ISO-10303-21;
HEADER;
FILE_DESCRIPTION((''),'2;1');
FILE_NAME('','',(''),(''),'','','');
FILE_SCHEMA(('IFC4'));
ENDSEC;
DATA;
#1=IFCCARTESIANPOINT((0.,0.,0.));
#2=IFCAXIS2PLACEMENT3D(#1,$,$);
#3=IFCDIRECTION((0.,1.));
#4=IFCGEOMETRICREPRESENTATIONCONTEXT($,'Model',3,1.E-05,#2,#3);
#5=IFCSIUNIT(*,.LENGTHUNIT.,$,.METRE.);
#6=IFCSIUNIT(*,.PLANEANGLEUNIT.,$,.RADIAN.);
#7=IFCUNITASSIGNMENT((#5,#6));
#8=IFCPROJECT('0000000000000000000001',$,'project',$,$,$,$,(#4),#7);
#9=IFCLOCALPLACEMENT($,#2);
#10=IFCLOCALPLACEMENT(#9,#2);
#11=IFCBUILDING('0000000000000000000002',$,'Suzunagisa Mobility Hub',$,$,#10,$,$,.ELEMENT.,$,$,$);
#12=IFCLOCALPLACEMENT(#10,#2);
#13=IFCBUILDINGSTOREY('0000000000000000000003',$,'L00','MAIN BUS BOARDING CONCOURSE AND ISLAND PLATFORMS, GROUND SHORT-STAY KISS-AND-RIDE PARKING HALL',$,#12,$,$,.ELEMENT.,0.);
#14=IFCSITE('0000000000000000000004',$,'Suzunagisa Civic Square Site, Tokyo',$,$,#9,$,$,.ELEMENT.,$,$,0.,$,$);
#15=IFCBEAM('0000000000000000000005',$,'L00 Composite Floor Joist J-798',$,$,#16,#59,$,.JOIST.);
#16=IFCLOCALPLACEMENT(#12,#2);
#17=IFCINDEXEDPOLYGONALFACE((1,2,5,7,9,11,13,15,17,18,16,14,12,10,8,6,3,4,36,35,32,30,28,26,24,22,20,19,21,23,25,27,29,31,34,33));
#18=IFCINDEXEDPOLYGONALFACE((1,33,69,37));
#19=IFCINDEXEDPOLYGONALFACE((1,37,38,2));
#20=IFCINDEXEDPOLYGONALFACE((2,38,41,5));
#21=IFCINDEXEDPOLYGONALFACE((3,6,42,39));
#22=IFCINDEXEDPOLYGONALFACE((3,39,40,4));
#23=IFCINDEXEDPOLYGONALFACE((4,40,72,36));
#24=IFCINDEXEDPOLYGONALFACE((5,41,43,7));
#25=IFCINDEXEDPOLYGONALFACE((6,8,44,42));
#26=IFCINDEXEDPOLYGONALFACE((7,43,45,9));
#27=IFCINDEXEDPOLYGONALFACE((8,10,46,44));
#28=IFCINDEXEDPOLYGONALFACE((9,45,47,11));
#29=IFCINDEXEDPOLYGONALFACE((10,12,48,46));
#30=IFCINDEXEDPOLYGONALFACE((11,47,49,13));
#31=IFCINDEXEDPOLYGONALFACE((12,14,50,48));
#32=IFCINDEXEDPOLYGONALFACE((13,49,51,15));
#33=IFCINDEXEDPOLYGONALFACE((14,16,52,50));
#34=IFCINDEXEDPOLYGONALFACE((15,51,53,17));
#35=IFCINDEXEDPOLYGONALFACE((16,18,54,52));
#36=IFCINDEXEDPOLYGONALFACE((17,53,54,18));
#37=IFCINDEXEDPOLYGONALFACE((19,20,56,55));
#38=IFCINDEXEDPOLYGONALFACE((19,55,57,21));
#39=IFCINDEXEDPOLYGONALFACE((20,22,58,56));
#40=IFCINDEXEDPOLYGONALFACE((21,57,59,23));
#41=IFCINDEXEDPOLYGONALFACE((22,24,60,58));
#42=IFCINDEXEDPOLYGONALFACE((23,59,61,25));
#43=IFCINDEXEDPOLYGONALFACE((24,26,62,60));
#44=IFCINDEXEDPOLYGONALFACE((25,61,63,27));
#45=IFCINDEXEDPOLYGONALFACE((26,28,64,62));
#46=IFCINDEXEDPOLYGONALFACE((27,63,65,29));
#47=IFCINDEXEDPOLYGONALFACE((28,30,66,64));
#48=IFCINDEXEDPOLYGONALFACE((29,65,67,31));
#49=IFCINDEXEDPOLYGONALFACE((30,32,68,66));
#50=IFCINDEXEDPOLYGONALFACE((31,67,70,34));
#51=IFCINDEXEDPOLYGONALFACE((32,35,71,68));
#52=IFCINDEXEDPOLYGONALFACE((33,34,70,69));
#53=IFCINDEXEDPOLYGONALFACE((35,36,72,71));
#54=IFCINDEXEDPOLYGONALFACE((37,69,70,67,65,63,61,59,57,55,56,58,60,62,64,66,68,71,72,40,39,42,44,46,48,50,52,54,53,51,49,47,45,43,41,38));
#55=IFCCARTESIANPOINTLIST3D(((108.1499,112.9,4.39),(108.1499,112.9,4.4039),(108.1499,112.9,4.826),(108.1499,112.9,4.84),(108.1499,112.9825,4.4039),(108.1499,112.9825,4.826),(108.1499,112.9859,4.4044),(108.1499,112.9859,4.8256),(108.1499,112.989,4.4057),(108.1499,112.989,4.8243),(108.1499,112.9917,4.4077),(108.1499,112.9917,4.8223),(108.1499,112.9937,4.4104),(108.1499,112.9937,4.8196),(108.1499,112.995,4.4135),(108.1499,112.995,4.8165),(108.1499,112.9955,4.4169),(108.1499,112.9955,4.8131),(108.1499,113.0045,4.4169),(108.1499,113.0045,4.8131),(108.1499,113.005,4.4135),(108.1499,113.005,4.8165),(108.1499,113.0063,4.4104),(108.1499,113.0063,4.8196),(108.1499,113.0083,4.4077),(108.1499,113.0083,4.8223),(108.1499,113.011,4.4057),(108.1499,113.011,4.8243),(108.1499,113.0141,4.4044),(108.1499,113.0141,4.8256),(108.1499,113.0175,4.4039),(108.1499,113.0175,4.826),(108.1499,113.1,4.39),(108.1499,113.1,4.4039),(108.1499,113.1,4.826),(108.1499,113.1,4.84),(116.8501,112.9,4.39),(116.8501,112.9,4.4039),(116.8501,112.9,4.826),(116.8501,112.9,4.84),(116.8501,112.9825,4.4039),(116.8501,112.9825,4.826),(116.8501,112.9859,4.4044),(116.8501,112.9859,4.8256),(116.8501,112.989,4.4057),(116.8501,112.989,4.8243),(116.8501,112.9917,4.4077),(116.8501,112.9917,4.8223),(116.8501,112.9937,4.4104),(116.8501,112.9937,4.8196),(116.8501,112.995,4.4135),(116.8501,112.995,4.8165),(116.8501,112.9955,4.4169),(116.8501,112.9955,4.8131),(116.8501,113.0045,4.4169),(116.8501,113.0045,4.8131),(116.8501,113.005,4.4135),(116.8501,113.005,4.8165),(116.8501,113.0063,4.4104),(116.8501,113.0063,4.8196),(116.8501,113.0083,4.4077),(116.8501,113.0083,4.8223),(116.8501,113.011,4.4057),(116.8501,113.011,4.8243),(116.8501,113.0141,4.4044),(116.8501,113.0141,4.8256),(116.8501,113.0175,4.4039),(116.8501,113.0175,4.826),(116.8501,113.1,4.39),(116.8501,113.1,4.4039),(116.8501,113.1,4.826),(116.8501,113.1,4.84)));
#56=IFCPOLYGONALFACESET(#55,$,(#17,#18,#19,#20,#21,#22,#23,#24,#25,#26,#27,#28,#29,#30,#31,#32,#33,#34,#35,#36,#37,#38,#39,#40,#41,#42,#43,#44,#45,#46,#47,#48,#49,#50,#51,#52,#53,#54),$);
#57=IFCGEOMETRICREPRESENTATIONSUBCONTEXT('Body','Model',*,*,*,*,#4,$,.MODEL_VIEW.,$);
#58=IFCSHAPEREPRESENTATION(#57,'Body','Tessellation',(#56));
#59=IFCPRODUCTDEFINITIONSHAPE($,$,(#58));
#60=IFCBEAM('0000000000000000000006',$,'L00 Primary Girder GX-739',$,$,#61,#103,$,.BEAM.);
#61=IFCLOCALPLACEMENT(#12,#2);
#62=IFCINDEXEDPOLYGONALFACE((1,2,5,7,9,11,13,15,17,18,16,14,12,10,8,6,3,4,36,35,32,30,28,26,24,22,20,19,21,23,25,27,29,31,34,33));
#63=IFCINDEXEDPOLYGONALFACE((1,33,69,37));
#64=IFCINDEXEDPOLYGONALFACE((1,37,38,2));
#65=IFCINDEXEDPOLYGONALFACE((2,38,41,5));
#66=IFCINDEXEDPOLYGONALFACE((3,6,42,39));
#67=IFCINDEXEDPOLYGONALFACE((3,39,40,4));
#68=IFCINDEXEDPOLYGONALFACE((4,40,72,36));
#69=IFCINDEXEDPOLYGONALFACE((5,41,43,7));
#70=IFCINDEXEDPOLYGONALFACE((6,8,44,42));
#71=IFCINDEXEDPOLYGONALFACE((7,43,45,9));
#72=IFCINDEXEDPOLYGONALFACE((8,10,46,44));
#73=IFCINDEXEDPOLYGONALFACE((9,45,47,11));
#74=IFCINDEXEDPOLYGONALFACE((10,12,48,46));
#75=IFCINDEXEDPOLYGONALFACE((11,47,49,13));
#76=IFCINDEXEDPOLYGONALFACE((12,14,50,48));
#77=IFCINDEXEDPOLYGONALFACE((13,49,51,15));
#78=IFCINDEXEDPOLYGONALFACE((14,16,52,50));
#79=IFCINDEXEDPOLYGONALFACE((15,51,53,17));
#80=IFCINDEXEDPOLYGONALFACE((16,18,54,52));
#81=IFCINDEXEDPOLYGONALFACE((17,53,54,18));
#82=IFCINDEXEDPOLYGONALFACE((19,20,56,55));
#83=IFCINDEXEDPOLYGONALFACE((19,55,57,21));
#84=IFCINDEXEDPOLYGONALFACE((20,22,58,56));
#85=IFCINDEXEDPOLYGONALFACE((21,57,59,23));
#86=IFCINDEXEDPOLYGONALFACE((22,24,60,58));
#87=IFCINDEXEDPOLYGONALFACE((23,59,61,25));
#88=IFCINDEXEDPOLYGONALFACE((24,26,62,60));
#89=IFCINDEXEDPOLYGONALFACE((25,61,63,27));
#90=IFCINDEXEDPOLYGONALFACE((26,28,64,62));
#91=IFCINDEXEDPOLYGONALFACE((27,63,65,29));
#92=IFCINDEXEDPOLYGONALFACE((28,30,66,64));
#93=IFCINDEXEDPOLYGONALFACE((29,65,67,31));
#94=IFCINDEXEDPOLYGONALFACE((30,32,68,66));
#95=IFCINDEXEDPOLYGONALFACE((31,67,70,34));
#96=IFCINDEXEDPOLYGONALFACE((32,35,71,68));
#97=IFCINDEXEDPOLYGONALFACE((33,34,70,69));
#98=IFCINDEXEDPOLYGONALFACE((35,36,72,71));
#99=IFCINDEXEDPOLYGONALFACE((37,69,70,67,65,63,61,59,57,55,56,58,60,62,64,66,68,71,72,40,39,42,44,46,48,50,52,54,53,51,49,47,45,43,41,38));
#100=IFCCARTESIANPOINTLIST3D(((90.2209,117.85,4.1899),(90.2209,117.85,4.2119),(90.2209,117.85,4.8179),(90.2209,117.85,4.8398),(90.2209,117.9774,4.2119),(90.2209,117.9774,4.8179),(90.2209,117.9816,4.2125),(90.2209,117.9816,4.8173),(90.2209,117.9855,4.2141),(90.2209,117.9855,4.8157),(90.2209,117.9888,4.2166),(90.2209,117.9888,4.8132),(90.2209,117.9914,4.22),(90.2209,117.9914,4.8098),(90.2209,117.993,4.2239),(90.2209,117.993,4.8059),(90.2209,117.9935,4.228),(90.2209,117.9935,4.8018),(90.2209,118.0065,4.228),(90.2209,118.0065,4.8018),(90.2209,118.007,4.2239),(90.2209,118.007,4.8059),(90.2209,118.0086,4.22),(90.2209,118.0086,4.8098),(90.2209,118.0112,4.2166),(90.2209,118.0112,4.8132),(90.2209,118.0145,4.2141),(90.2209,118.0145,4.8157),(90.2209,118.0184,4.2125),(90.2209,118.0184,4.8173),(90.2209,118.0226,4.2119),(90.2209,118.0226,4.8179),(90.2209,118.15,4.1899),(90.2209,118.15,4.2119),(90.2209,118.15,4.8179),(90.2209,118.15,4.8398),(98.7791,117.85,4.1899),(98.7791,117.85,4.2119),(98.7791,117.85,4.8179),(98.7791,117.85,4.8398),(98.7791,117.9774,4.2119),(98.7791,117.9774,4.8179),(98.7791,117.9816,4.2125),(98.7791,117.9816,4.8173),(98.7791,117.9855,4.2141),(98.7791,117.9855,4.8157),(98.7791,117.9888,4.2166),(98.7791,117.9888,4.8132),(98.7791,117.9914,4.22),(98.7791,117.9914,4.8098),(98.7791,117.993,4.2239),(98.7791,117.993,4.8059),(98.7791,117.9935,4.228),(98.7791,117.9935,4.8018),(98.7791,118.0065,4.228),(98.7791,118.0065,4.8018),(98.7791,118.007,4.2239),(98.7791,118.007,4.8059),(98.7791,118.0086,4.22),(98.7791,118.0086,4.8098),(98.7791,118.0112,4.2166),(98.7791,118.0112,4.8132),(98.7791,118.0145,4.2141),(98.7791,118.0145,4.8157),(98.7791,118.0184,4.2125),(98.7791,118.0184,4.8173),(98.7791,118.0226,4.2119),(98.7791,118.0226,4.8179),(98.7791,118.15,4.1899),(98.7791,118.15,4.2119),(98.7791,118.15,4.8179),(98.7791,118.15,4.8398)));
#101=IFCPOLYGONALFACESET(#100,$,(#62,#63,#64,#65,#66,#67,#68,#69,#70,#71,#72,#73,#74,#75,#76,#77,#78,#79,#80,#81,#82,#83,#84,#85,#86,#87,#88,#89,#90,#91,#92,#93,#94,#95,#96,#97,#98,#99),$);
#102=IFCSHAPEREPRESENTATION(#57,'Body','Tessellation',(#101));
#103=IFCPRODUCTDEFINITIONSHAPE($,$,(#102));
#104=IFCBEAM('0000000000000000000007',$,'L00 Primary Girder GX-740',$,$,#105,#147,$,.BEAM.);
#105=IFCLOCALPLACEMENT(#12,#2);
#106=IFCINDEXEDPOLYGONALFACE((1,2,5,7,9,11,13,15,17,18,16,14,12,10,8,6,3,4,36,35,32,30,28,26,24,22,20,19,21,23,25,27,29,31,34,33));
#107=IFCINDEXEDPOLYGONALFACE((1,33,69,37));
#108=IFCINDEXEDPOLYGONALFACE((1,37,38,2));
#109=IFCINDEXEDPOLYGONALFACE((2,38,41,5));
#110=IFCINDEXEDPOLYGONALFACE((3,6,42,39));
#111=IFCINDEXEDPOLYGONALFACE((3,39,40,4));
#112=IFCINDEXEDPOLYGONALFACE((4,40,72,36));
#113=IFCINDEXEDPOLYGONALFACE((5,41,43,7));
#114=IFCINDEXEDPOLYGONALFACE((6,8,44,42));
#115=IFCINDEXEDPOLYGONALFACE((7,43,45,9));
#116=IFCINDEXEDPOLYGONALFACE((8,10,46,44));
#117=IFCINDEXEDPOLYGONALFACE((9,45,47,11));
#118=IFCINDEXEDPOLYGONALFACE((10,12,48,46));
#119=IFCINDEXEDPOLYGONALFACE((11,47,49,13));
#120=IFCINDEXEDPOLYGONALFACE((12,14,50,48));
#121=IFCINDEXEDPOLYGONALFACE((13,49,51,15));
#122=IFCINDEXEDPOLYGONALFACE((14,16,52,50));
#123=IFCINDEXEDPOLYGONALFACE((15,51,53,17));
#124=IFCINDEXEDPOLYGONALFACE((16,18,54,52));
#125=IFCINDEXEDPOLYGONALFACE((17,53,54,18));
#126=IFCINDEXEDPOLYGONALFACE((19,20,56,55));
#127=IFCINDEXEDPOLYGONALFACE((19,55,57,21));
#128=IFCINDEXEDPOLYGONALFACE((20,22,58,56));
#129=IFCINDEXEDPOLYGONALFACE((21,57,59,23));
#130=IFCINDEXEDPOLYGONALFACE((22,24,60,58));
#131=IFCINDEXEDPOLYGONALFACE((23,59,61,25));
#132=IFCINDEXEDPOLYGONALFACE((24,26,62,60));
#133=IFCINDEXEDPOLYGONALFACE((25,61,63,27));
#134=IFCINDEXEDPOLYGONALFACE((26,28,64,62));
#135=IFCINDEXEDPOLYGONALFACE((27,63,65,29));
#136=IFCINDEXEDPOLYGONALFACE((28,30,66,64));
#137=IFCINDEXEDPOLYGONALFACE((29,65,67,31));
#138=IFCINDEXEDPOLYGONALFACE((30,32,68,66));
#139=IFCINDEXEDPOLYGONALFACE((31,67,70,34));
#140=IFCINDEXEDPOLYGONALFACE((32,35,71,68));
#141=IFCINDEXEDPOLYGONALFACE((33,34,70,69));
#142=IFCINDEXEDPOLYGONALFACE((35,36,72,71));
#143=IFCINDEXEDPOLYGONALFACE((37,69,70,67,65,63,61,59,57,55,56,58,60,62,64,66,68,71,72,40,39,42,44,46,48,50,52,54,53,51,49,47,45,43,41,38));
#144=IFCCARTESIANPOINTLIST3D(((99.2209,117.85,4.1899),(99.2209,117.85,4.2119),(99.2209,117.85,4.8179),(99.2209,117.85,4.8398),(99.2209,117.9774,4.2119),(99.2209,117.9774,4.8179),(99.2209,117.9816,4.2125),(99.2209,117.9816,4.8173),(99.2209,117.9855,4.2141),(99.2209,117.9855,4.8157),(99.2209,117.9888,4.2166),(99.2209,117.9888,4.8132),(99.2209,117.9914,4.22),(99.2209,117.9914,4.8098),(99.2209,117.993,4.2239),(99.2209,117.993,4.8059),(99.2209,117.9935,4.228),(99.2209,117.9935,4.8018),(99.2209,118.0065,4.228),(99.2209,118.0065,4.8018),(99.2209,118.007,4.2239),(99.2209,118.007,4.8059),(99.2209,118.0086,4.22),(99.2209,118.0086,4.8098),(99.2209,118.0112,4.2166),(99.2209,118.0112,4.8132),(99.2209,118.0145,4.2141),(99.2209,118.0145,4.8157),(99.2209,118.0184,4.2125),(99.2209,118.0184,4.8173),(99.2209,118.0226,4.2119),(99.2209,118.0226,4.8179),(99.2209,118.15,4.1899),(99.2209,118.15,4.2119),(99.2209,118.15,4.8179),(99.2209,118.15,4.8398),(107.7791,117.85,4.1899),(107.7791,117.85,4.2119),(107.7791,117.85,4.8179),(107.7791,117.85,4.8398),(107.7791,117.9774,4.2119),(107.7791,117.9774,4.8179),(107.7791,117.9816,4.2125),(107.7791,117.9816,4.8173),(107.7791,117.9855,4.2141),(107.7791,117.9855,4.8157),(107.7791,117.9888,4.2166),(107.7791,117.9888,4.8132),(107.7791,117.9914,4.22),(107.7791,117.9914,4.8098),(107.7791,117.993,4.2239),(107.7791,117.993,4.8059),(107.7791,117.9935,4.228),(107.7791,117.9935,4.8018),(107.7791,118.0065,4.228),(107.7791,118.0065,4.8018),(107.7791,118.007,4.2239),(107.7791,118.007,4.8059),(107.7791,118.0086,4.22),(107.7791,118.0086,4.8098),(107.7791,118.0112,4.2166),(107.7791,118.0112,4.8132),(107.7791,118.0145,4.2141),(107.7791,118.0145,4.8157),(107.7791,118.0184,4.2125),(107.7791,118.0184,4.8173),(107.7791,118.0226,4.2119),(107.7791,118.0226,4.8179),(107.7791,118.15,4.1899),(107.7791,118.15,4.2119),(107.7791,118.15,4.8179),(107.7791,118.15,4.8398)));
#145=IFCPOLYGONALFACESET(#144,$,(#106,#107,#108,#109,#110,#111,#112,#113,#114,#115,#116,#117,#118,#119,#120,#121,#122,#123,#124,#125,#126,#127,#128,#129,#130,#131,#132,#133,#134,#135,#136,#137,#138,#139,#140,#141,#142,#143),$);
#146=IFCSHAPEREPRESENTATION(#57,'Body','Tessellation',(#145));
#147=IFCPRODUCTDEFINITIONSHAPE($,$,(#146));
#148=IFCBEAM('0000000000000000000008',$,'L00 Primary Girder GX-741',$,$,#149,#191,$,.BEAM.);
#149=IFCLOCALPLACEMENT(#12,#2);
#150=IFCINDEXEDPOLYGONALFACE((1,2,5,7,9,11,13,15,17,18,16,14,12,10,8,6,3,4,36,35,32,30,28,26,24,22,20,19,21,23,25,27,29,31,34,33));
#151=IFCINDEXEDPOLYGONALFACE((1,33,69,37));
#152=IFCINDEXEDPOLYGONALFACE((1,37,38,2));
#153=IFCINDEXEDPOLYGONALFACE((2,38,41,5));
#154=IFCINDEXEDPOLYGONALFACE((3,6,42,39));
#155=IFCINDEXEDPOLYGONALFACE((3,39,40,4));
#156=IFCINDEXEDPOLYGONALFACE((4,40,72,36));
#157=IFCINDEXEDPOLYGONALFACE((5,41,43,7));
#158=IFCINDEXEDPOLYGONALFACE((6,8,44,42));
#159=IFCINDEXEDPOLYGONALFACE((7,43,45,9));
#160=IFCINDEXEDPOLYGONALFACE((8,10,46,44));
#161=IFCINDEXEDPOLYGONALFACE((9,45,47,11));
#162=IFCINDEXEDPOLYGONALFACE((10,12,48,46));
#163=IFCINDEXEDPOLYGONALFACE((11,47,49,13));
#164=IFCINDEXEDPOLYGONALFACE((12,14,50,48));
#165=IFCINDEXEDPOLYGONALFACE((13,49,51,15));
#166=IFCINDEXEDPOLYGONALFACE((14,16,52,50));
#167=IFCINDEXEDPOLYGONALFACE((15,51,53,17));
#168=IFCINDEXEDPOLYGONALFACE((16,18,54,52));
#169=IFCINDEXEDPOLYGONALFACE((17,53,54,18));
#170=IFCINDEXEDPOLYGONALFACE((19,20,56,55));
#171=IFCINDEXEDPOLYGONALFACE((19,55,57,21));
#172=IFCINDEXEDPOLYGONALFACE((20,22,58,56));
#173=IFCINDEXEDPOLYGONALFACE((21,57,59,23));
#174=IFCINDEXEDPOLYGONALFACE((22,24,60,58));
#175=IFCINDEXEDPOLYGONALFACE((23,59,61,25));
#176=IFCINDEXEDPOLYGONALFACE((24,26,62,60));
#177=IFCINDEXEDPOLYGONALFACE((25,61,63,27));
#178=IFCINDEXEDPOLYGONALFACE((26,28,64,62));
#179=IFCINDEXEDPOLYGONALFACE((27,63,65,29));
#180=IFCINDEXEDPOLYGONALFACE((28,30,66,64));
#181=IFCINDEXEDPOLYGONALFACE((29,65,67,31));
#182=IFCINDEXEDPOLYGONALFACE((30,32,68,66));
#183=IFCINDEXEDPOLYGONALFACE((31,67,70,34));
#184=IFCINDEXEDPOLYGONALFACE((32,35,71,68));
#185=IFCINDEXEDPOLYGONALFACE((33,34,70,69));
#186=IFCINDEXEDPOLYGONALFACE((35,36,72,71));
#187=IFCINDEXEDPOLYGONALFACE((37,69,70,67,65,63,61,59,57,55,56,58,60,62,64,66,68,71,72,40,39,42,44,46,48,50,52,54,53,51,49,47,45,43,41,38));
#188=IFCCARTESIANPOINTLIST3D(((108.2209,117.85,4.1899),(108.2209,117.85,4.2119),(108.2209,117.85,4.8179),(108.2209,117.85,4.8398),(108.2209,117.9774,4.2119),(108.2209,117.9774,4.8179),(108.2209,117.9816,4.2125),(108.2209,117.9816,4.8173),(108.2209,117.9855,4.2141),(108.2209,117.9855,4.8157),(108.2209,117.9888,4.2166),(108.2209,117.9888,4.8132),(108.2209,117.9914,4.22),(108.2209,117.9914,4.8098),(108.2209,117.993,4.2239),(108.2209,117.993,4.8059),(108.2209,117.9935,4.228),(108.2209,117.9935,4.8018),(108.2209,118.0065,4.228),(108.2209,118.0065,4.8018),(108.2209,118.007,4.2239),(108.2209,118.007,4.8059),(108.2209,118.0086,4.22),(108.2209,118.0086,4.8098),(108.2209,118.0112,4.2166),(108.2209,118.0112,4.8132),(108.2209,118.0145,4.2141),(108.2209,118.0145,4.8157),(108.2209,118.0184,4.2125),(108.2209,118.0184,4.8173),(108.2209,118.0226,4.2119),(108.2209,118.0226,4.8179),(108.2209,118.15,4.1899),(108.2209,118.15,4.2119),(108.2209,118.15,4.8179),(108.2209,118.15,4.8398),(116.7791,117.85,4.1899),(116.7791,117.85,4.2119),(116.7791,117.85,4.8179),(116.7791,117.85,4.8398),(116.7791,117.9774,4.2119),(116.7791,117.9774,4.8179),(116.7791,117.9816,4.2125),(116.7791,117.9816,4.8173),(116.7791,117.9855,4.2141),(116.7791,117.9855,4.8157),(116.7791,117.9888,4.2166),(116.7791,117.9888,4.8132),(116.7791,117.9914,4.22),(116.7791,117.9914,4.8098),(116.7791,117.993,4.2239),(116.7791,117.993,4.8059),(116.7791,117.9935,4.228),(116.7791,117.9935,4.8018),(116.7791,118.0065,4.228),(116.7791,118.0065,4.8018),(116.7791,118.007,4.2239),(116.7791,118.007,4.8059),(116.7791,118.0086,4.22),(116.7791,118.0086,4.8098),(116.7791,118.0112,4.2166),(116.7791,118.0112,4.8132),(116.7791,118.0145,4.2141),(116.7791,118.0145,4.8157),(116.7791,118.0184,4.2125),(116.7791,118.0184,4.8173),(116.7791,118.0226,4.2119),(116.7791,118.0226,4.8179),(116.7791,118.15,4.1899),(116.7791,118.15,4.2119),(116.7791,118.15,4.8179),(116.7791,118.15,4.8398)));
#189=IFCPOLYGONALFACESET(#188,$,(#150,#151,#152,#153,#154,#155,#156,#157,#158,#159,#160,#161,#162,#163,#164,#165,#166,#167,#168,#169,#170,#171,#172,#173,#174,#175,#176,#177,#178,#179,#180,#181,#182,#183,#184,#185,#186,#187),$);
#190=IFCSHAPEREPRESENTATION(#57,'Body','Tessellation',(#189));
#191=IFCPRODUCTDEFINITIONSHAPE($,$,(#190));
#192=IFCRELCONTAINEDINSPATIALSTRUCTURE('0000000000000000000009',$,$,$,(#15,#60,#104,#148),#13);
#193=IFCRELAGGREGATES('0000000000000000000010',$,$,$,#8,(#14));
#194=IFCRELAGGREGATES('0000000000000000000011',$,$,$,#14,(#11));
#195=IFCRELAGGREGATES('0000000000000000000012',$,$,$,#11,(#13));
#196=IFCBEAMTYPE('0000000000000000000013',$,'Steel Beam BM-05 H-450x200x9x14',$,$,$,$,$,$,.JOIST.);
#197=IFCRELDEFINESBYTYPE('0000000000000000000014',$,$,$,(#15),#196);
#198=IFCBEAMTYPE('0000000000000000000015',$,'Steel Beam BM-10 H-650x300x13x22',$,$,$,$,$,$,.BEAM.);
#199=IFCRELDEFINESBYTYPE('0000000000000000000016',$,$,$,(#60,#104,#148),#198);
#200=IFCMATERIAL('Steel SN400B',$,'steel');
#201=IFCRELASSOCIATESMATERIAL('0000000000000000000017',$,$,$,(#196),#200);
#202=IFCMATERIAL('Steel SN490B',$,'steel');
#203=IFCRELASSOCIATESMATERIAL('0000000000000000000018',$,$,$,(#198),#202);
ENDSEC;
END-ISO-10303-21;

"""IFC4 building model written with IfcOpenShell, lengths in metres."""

from ifc_helpers import new_model, si_unit, direction, frame, origin, origin_2d, place, context, subcontext, project, spatial, i_section, extrude, material, material_profile, profile_set, type_object, element, save


model = new_model("IFC4")

# Units and contexts
model_context = context("Model", 3, precision=1e-05, world=origin(), true_north=direction((0.0, 1.0)))
body_context = subcontext(model_context, "Body", "Model", "MODEL_VIEW")
ifc_project = project(units=[si_unit("LENGTHUNIT", "METRE"), si_unit("PLANEANGLEUNIT", "RADIAN")], contexts=[model_context])

# Site, building, storey
site_placement = place(None, origin())
site = spatial("IfcSite", under=ifc_project, at=site_placement, Name="Suzunagisa Civic Square Site, Tokyo", CompositionType="ELEMENT", RefElevation=0.0)
building_placement = place(site_placement, origin())
building = spatial("IfcBuilding", under=site, at=building_placement, Name="Suzunagisa Mobility Hub", CompositionType="ELEMENT")
storey_placement = place(building_placement, origin())
storey = spatial("IfcBuildingStorey", under=building, at=storey_placement, Name="L00", Description="MAIN BUS BOARDING CONCOURSE AND ISLAND PLATFORMS, GROUND SHORT-STAY KISS-AND-RIDE PARKING HALL", CompositionType="ELEMENT", Elevation=0.0)

# Shared definitions
ifc_material_1 = material(Name="Steel SN490B", Category="steel")

# Beams
ifc_material_2 = material(Name="Steel SN400B", Category="steel")
ifc_material_profile_1 = material_profile(ifc_material_2, i_section(OverallWidth=0.2, OverallDepth=0.45, WebThickness=0.009, FlangeThickness=0.0139, FilletRadius=0.0129, at=origin_2d()), Name="H-450x200x9x14")
ifc_profile_set_1 = profile_set([ifc_material_profile_1], Name="Steel SN400B")
beam_type_1 = type_object("IfcBeamType", Name="Steel Beam BM-05 H-450x200x9x14", PredefinedType="JOIST", material=ifc_profile_set_1)
for number, where, z_axis, x_axis, name in (
    (1, (108.1499, 113.0, 4.615), (1.0, 0.0, 0.0), (0.0, 1.0, 0.0), "L00 Composite Floor Joist J-798"),
):
    element("IfcBeam", number, at=place(storey_placement, frame(where, z_axis=z_axis, x_axis=x_axis)), inside=storey, type_object=beam_type_1, Name=name, PredefinedType="JOIST", context=body_context, shape_type="SweptSolid", body=[
        extrude(i_section(OverallWidth=0.2, OverallDepth=0.45, WebThickness=0.009, FlangeThickness=0.0139, FilletRadius=0.0129, at=origin_2d()), origin(), (0.0, 0.0, 1.0), 8.7002),
    ])
ifc_material_profile_2 = material_profile(ifc_material_1, i_section(OverallWidth=0.3, OverallDepth=0.6499, WebThickness=0.0129, FlangeThickness=0.022, FilletRadius=0.0161, at=origin_2d()), Name="H-650x300x13x22")
ifc_profile_set_2 = profile_set([ifc_material_profile_2], Name="Steel SN490B")
beam_type_2 = type_object("IfcBeamType", Name="Steel Beam BM-10 H-650x300x13x22", PredefinedType="BEAM", material=ifc_profile_set_2)
for number, where, z_axis, x_axis, name in (
    (2, (90.2209, 118.0, 4.5149), (1.0, 0.0, 0.0), (0.0, 1.0, 0.0), "L00 Primary Girder GX-739"),
    (3, (99.2209, 118.0, 4.5149), (1.0, 0.0, 0.0), (0.0, 1.0, 0.0), "L00 Primary Girder GX-740"),
    (4, (108.2209, 118.0, 4.5149), (1.0, 0.0, 0.0), (0.0, 1.0, 0.0), "L00 Primary Girder GX-741"),
):
    element("IfcBeam", number, at=place(storey_placement, frame(where, z_axis=z_axis, x_axis=x_axis)), inside=storey, type_object=beam_type_2, Name=name, PredefinedType="BEAM", context=body_context, shape_type="SweptSolid", body=[
        extrude(i_section(OverallWidth=0.3, OverallDepth=0.6499, WebThickness=0.0129, FlangeThickness=0.022, FilletRadius=0.0161, at=origin_2d()), origin(), (0.0, 0.0, 1.0), 8.5581),
    ])

save(model, "model.ifc")
